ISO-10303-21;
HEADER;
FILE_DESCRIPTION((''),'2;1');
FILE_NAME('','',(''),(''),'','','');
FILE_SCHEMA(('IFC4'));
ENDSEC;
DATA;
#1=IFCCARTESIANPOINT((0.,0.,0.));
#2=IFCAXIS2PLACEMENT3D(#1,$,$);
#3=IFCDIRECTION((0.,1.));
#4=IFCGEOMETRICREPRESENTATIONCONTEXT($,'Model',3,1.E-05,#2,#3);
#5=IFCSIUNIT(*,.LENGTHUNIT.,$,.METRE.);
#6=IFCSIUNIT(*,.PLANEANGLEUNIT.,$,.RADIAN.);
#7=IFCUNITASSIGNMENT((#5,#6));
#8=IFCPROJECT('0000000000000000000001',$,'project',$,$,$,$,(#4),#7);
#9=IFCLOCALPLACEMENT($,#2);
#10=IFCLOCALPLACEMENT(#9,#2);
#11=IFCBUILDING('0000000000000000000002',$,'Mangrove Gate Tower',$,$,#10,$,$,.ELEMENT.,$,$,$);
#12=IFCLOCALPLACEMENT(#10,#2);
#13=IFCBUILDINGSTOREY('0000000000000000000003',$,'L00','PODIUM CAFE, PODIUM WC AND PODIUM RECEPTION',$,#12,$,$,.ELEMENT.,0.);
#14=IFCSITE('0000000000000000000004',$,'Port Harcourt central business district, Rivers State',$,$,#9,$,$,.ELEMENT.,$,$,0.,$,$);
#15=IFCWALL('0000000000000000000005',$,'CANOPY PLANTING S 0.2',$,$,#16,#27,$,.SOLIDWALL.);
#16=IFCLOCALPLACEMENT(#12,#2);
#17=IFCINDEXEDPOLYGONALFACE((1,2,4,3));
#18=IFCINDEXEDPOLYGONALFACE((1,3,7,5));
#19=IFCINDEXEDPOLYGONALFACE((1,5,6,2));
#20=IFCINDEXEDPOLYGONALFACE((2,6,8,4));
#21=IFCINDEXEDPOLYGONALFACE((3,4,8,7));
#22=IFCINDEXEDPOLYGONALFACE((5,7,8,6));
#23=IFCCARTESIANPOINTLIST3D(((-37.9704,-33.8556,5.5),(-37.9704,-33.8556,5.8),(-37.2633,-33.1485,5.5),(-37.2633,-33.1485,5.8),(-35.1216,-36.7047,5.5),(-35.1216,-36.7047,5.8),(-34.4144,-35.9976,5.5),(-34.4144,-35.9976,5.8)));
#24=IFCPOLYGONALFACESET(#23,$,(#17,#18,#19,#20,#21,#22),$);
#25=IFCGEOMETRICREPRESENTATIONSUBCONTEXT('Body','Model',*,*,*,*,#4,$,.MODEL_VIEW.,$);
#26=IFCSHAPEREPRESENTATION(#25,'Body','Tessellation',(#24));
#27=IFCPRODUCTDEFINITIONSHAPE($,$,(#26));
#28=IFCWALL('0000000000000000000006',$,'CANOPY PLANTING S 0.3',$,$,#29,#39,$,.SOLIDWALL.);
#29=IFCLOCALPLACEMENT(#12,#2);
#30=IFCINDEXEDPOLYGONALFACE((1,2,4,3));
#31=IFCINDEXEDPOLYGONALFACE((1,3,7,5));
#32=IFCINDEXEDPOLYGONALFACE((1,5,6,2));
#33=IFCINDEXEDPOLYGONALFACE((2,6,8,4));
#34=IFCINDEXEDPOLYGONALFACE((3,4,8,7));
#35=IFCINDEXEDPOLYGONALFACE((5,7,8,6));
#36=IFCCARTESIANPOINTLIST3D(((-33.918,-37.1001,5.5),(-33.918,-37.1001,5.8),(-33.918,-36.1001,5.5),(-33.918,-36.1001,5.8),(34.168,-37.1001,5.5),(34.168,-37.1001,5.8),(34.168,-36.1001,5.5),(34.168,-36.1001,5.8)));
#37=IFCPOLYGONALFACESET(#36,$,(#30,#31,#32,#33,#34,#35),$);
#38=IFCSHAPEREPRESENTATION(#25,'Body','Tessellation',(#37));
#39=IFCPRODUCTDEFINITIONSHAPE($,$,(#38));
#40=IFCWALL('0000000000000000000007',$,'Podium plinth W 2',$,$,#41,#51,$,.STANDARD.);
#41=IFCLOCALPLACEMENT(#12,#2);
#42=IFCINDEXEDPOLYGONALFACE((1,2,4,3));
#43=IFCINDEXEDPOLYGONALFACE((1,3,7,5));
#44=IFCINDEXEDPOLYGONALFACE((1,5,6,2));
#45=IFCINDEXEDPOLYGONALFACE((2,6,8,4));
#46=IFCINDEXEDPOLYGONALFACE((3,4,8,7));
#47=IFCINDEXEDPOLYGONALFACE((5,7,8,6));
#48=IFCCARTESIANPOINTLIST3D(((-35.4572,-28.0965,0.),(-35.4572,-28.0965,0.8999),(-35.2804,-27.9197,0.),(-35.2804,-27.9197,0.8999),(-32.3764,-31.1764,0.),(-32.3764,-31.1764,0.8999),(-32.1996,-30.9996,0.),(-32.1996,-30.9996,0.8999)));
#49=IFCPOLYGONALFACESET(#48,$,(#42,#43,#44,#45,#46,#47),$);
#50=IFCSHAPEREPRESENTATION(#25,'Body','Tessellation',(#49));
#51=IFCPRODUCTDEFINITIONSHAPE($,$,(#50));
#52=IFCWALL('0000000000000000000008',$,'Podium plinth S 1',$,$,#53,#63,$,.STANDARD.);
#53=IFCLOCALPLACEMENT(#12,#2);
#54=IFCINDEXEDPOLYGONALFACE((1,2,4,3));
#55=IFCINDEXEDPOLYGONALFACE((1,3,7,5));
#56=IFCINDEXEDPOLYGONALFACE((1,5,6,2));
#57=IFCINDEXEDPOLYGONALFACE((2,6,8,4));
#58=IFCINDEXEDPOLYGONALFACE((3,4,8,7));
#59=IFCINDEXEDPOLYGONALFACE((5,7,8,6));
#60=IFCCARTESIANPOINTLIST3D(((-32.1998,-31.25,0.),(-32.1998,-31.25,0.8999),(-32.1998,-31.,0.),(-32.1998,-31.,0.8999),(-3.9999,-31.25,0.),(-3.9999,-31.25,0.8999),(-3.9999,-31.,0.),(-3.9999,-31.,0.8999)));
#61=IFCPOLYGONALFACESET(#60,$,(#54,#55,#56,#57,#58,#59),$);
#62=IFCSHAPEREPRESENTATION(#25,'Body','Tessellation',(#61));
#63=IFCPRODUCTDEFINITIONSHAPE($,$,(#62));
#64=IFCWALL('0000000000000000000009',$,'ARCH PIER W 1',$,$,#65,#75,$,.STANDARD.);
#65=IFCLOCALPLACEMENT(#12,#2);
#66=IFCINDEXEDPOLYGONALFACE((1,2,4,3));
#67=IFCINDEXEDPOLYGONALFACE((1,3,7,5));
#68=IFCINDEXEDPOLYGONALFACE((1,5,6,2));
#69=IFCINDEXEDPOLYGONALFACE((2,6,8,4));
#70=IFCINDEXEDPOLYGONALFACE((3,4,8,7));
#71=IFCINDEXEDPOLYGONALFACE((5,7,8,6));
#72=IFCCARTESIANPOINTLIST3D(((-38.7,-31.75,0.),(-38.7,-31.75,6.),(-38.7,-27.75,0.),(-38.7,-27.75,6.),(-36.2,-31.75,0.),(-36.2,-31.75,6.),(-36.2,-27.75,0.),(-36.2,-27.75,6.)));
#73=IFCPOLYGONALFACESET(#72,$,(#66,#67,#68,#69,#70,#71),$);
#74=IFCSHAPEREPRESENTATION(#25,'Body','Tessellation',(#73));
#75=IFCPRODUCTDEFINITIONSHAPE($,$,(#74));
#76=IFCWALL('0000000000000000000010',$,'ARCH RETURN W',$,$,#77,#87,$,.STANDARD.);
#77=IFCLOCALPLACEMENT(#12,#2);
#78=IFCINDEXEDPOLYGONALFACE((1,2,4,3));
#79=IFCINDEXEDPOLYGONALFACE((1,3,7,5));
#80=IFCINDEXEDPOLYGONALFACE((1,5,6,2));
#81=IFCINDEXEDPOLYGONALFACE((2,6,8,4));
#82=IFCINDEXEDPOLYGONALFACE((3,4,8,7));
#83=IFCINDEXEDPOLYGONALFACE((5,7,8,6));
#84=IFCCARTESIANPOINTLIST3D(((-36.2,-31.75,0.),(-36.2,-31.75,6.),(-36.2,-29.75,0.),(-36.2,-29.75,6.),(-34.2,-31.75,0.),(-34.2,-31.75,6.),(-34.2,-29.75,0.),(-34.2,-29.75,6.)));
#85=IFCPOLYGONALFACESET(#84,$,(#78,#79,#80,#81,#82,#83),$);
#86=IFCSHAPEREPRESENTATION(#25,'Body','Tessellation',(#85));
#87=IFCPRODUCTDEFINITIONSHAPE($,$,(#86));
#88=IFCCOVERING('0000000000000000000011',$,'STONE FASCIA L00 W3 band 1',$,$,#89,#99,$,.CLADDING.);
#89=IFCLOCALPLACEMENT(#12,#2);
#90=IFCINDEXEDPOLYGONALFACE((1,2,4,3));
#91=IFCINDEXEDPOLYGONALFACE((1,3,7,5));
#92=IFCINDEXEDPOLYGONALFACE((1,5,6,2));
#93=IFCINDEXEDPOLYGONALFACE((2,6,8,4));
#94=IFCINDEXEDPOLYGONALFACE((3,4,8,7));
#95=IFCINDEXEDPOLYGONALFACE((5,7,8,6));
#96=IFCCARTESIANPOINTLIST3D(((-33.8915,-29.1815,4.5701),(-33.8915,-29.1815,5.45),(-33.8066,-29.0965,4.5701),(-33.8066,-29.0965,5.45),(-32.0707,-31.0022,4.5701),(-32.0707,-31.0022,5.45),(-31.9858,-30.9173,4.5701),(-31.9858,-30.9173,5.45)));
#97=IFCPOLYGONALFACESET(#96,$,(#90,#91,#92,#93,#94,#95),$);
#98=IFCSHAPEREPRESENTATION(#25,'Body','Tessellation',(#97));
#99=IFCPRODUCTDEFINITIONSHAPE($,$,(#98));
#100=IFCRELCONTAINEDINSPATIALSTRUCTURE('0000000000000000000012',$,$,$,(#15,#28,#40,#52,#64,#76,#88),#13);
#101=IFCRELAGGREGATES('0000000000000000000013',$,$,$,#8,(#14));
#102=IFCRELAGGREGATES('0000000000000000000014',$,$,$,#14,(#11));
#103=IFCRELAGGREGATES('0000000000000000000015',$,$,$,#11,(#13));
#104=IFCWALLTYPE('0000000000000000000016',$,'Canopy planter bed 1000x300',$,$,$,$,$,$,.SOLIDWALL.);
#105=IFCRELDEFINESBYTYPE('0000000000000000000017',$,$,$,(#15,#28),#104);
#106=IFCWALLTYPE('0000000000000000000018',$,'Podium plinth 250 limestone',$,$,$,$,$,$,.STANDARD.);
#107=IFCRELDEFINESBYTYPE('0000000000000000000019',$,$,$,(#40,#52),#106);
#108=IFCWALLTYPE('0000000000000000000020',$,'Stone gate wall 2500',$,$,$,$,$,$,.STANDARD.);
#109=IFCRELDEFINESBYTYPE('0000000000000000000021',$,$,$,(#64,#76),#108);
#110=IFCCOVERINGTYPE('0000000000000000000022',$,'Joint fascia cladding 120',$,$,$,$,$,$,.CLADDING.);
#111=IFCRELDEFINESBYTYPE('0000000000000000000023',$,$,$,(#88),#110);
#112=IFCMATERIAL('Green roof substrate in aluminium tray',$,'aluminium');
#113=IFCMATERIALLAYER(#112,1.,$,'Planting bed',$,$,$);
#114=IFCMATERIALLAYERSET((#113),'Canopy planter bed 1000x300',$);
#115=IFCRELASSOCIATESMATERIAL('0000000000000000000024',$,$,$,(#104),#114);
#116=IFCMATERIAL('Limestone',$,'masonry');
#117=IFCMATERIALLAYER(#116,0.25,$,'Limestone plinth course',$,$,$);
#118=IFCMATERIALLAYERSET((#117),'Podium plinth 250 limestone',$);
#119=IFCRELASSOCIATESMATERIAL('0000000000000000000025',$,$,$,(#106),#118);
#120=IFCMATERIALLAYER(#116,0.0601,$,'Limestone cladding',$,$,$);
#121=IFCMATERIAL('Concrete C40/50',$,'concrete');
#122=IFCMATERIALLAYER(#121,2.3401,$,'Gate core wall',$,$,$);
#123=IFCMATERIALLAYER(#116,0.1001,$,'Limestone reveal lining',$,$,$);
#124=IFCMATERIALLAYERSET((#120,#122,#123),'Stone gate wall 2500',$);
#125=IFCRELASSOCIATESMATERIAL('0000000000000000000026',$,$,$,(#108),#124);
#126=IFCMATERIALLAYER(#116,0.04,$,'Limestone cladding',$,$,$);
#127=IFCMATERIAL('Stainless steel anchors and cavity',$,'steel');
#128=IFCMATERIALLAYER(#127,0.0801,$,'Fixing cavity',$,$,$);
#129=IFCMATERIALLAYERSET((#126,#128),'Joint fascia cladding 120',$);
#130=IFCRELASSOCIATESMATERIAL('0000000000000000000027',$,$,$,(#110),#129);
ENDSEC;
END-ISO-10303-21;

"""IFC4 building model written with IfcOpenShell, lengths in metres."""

from ifc_helpers import new_model, si_unit, direction, frame, frame_2d, origin, place, context, subcontext, project, spatial, rectangle, extrude, material, layer, layer_set, type_object, element, save


model = new_model("IFC4")

# Units and contexts
model_context = context("Model", 3, precision=1e-05, world=origin(), true_north=direction((0.0, 1.0)))
body_context = subcontext(model_context, "Body", "Model", "MODEL_VIEW")
ifc_project = project(units=[si_unit("LENGTHUNIT", "METRE"), si_unit("PLANEANGLEUNIT", "RADIAN")], contexts=[model_context])

# Site, building, storey
site_placement = place(None, origin())
site = spatial("IfcSite", under=ifc_project, at=site_placement, Name="Port Harcourt central business district, Rivers State", CompositionType="ELEMENT", RefElevation=0.0)
building_placement = place(site_placement, origin())
building = spatial("IfcBuilding", under=site, at=building_placement, Name="Mangrove Gate Tower", CompositionType="ELEMENT")
storey_placement = place(building_placement, origin())
storey = spatial("IfcBuildingStorey", under=building, at=storey_placement, Name="L00", Description="PODIUM CAFE, PODIUM WC AND PODIUM RECEPTION", CompositionType="ELEMENT", Elevation=0.0)

# Walls
ifc_material_1 = material(Name="Limestone", Category="masonry")
ifc_material_2 = material(Name="Green roof substrate in aluminium tray", Category="aluminium")
ifc_layer_1 = layer(ifc_material_2, 1.0, Name="Planting bed")
ifc_layer_set_1 = layer_set([ifc_layer_1], Name="Canopy planter bed 1000x300")
wall_type_1 = type_object("IfcWallType", Name="Canopy planter bed 1000x300", PredefinedType="SOLIDWALL", material=ifc_layer_set_1)
wall_1_placement = place(storey_placement, frame((-37.6169, -33.502, 5.5), z_axis=(0.0, 0.0, 1.0), x_axis=(0.707076, -0.707137, 0.0)))
element("IfcWall", 1, at=wall_1_placement, inside=storey, type_object=wall_type_1, Name="CANOPY PLANTING S 0.2", PredefinedType="SOLIDWALL", context=body_context, shape_type="SweptSolid", body=[
    extrude(rectangle(XDim=4.0291, YDim=1.0, at=frame_2d((2.0146, 0.0))), origin(), (0.0, 0.0, 1.0), 0.3),
])
wall_2_placement = place(storey_placement, frame((-33.918, -36.6001, 5.5), z_axis=(0.0, 0.0, 1.0), x_axis=(1.0, 0.0, 0.0)))
element("IfcWall", 2, at=wall_2_placement, inside=storey, type_object=wall_type_1, Name="CANOPY PLANTING S 0.3", PredefinedType="SOLIDWALL", context=body_context, shape_type="SweptSolid", body=[
    extrude(rectangle(XDim=68.0859, YDim=1.0, at=frame_2d((34.043, 0.0))), origin(), (0.0, 0.0, 1.0), 0.3),
])
ifc_layer_2 = layer(ifc_material_1, 0.25, Name="Limestone plinth course")
ifc_layer_set_2 = layer_set([ifc_layer_2], Name="Podium plinth 250 limestone")
wall_type_2 = type_object("IfcWallType", Name="Podium plinth 250 limestone", PredefinedType="STANDARD", material=ifc_layer_set_2)
wall_3_placement = place(storey_placement, frame((-35.3689, -28.0081, 0.0), z_axis=(0.0, 0.0, 1.0), x_axis=(0.707219, -0.706995, 0.0)))
element("IfcWall", 3, at=wall_3_placement, inside=storey, type_object=wall_type_2, Name="Podium plinth W 2", PredefinedType="STANDARD", context=body_context, shape_type="SweptSolid", body=[
    extrude(rectangle(XDim=4.3562, YDim=0.25, at=frame_2d((2.1782, 0.0))), origin(), (0.0, 0.0, 1.0), 0.8999),
])
wall_4_placement = place(storey_placement, frame((-32.2, -31.125, 0.0), z_axis=(0.0, 0.0, 1.0), x_axis=(1.0, 0.0, 0.0)))
element("IfcWall", 4, at=wall_4_placement, inside=storey, type_object=wall_type_2, Name="Podium plinth S 1", PredefinedType="STANDARD", context=body_context, shape_type="SweptSolid", body=[
    extrude(rectangle(XDim=28.2, YDim=0.25, at=frame_2d((14.1001, 0.0))), origin(), (0.0, 0.0, 1.0), 0.8999),
])
ifc_layer_3 = layer(ifc_material_1, 0.0601, Name="Limestone cladding")
ifc_material_3 = material(Name="Concrete C40/50", Category="concrete")
ifc_layer_4 = layer(ifc_material_3, 2.3401, Name="Gate core wall")
ifc_layer_5 = layer(ifc_material_1, 0.1001, Name="Limestone reveal lining")
ifc_layer_set_3 = layer_set([ifc_layer_3, ifc_layer_4, ifc_layer_5], Name="Stone gate wall 2500")
wall_type_3 = type_object("IfcWallType", Name="Stone gate wall 2500", PredefinedType="STANDARD", material=ifc_layer_set_3)
wall_5_placement = place(storey_placement, frame((-37.45, -31.75, 0.0), z_axis=(0.0, 0.0, 1.0), x_axis=(0.0, 1.0, 0.0)))
element("IfcWall", 5, at=wall_5_placement, inside=storey, type_object=wall_type_3, Name="ARCH PIER W 1", PredefinedType="STANDARD", context=body_context, shape_type="SweptSolid", body=[
    extrude(rectangle(XDim=4.0, YDim=2.5, at=frame_2d((2.0, 0.0))), origin(), (0.0, 0.0, 1.0), 6.0),
])
wall_6_placement = place(storey_placement, frame((-34.2, -30.75, 0.0), z_axis=(0.0, 0.0, 1.0), x_axis=(-1.0, 0.0, 0.0)))
element("IfcWall", 6, at=wall_6_placement, inside=storey, type_object=wall_type_3, Name="ARCH RETURN W", PredefinedType="STANDARD", context=body_context, shape_type="SweptSolid", body=[
    extrude(rectangle(XDim=2.0, YDim=2.0, at=frame_2d((1.0, 0.0))), origin(), (0.0, 0.0, 1.0), 6.0),
])

# Covering
ifc_layer_6 = layer(ifc_material_1, 0.04, Name="Limestone cladding")
ifc_material_4 = material(Name="Stainless steel anchors and cavity", Category="steel")
ifc_layer_7 = layer(ifc_material_4, 0.0801, Name="Fixing cavity")
ifc_layer_set_4 = layer_set([ifc_layer_6, ifc_layer_7], Name="Joint fascia cladding 120")
covering_type = type_object("IfcCoveringType", Name="Joint fascia cladding 120", PredefinedType="CLADDING", material=ifc_layer_set_4)
covering_placement = place(storey_placement, frame((-33.8491, -29.1389, 4.5701), z_axis=(0.0, 0.0, 1.0), x_axis=(0.707107, -0.707107, 0.0)))
element("IfcCovering", 7, at=covering_placement, inside=storey, type_object=covering_type, Name="STONE FASCIA L00 W3 band 1", PredefinedType="CLADDING", context=body_context, shape_type="SweptSolid", body=[
    extrude(rectangle(XDim=2.575, YDim=0.1201, at=frame_2d((1.2876, 0.0))), origin(), (0.0, 0.0, 1.0), 0.8799),
])

save(model, "model.ifc")
